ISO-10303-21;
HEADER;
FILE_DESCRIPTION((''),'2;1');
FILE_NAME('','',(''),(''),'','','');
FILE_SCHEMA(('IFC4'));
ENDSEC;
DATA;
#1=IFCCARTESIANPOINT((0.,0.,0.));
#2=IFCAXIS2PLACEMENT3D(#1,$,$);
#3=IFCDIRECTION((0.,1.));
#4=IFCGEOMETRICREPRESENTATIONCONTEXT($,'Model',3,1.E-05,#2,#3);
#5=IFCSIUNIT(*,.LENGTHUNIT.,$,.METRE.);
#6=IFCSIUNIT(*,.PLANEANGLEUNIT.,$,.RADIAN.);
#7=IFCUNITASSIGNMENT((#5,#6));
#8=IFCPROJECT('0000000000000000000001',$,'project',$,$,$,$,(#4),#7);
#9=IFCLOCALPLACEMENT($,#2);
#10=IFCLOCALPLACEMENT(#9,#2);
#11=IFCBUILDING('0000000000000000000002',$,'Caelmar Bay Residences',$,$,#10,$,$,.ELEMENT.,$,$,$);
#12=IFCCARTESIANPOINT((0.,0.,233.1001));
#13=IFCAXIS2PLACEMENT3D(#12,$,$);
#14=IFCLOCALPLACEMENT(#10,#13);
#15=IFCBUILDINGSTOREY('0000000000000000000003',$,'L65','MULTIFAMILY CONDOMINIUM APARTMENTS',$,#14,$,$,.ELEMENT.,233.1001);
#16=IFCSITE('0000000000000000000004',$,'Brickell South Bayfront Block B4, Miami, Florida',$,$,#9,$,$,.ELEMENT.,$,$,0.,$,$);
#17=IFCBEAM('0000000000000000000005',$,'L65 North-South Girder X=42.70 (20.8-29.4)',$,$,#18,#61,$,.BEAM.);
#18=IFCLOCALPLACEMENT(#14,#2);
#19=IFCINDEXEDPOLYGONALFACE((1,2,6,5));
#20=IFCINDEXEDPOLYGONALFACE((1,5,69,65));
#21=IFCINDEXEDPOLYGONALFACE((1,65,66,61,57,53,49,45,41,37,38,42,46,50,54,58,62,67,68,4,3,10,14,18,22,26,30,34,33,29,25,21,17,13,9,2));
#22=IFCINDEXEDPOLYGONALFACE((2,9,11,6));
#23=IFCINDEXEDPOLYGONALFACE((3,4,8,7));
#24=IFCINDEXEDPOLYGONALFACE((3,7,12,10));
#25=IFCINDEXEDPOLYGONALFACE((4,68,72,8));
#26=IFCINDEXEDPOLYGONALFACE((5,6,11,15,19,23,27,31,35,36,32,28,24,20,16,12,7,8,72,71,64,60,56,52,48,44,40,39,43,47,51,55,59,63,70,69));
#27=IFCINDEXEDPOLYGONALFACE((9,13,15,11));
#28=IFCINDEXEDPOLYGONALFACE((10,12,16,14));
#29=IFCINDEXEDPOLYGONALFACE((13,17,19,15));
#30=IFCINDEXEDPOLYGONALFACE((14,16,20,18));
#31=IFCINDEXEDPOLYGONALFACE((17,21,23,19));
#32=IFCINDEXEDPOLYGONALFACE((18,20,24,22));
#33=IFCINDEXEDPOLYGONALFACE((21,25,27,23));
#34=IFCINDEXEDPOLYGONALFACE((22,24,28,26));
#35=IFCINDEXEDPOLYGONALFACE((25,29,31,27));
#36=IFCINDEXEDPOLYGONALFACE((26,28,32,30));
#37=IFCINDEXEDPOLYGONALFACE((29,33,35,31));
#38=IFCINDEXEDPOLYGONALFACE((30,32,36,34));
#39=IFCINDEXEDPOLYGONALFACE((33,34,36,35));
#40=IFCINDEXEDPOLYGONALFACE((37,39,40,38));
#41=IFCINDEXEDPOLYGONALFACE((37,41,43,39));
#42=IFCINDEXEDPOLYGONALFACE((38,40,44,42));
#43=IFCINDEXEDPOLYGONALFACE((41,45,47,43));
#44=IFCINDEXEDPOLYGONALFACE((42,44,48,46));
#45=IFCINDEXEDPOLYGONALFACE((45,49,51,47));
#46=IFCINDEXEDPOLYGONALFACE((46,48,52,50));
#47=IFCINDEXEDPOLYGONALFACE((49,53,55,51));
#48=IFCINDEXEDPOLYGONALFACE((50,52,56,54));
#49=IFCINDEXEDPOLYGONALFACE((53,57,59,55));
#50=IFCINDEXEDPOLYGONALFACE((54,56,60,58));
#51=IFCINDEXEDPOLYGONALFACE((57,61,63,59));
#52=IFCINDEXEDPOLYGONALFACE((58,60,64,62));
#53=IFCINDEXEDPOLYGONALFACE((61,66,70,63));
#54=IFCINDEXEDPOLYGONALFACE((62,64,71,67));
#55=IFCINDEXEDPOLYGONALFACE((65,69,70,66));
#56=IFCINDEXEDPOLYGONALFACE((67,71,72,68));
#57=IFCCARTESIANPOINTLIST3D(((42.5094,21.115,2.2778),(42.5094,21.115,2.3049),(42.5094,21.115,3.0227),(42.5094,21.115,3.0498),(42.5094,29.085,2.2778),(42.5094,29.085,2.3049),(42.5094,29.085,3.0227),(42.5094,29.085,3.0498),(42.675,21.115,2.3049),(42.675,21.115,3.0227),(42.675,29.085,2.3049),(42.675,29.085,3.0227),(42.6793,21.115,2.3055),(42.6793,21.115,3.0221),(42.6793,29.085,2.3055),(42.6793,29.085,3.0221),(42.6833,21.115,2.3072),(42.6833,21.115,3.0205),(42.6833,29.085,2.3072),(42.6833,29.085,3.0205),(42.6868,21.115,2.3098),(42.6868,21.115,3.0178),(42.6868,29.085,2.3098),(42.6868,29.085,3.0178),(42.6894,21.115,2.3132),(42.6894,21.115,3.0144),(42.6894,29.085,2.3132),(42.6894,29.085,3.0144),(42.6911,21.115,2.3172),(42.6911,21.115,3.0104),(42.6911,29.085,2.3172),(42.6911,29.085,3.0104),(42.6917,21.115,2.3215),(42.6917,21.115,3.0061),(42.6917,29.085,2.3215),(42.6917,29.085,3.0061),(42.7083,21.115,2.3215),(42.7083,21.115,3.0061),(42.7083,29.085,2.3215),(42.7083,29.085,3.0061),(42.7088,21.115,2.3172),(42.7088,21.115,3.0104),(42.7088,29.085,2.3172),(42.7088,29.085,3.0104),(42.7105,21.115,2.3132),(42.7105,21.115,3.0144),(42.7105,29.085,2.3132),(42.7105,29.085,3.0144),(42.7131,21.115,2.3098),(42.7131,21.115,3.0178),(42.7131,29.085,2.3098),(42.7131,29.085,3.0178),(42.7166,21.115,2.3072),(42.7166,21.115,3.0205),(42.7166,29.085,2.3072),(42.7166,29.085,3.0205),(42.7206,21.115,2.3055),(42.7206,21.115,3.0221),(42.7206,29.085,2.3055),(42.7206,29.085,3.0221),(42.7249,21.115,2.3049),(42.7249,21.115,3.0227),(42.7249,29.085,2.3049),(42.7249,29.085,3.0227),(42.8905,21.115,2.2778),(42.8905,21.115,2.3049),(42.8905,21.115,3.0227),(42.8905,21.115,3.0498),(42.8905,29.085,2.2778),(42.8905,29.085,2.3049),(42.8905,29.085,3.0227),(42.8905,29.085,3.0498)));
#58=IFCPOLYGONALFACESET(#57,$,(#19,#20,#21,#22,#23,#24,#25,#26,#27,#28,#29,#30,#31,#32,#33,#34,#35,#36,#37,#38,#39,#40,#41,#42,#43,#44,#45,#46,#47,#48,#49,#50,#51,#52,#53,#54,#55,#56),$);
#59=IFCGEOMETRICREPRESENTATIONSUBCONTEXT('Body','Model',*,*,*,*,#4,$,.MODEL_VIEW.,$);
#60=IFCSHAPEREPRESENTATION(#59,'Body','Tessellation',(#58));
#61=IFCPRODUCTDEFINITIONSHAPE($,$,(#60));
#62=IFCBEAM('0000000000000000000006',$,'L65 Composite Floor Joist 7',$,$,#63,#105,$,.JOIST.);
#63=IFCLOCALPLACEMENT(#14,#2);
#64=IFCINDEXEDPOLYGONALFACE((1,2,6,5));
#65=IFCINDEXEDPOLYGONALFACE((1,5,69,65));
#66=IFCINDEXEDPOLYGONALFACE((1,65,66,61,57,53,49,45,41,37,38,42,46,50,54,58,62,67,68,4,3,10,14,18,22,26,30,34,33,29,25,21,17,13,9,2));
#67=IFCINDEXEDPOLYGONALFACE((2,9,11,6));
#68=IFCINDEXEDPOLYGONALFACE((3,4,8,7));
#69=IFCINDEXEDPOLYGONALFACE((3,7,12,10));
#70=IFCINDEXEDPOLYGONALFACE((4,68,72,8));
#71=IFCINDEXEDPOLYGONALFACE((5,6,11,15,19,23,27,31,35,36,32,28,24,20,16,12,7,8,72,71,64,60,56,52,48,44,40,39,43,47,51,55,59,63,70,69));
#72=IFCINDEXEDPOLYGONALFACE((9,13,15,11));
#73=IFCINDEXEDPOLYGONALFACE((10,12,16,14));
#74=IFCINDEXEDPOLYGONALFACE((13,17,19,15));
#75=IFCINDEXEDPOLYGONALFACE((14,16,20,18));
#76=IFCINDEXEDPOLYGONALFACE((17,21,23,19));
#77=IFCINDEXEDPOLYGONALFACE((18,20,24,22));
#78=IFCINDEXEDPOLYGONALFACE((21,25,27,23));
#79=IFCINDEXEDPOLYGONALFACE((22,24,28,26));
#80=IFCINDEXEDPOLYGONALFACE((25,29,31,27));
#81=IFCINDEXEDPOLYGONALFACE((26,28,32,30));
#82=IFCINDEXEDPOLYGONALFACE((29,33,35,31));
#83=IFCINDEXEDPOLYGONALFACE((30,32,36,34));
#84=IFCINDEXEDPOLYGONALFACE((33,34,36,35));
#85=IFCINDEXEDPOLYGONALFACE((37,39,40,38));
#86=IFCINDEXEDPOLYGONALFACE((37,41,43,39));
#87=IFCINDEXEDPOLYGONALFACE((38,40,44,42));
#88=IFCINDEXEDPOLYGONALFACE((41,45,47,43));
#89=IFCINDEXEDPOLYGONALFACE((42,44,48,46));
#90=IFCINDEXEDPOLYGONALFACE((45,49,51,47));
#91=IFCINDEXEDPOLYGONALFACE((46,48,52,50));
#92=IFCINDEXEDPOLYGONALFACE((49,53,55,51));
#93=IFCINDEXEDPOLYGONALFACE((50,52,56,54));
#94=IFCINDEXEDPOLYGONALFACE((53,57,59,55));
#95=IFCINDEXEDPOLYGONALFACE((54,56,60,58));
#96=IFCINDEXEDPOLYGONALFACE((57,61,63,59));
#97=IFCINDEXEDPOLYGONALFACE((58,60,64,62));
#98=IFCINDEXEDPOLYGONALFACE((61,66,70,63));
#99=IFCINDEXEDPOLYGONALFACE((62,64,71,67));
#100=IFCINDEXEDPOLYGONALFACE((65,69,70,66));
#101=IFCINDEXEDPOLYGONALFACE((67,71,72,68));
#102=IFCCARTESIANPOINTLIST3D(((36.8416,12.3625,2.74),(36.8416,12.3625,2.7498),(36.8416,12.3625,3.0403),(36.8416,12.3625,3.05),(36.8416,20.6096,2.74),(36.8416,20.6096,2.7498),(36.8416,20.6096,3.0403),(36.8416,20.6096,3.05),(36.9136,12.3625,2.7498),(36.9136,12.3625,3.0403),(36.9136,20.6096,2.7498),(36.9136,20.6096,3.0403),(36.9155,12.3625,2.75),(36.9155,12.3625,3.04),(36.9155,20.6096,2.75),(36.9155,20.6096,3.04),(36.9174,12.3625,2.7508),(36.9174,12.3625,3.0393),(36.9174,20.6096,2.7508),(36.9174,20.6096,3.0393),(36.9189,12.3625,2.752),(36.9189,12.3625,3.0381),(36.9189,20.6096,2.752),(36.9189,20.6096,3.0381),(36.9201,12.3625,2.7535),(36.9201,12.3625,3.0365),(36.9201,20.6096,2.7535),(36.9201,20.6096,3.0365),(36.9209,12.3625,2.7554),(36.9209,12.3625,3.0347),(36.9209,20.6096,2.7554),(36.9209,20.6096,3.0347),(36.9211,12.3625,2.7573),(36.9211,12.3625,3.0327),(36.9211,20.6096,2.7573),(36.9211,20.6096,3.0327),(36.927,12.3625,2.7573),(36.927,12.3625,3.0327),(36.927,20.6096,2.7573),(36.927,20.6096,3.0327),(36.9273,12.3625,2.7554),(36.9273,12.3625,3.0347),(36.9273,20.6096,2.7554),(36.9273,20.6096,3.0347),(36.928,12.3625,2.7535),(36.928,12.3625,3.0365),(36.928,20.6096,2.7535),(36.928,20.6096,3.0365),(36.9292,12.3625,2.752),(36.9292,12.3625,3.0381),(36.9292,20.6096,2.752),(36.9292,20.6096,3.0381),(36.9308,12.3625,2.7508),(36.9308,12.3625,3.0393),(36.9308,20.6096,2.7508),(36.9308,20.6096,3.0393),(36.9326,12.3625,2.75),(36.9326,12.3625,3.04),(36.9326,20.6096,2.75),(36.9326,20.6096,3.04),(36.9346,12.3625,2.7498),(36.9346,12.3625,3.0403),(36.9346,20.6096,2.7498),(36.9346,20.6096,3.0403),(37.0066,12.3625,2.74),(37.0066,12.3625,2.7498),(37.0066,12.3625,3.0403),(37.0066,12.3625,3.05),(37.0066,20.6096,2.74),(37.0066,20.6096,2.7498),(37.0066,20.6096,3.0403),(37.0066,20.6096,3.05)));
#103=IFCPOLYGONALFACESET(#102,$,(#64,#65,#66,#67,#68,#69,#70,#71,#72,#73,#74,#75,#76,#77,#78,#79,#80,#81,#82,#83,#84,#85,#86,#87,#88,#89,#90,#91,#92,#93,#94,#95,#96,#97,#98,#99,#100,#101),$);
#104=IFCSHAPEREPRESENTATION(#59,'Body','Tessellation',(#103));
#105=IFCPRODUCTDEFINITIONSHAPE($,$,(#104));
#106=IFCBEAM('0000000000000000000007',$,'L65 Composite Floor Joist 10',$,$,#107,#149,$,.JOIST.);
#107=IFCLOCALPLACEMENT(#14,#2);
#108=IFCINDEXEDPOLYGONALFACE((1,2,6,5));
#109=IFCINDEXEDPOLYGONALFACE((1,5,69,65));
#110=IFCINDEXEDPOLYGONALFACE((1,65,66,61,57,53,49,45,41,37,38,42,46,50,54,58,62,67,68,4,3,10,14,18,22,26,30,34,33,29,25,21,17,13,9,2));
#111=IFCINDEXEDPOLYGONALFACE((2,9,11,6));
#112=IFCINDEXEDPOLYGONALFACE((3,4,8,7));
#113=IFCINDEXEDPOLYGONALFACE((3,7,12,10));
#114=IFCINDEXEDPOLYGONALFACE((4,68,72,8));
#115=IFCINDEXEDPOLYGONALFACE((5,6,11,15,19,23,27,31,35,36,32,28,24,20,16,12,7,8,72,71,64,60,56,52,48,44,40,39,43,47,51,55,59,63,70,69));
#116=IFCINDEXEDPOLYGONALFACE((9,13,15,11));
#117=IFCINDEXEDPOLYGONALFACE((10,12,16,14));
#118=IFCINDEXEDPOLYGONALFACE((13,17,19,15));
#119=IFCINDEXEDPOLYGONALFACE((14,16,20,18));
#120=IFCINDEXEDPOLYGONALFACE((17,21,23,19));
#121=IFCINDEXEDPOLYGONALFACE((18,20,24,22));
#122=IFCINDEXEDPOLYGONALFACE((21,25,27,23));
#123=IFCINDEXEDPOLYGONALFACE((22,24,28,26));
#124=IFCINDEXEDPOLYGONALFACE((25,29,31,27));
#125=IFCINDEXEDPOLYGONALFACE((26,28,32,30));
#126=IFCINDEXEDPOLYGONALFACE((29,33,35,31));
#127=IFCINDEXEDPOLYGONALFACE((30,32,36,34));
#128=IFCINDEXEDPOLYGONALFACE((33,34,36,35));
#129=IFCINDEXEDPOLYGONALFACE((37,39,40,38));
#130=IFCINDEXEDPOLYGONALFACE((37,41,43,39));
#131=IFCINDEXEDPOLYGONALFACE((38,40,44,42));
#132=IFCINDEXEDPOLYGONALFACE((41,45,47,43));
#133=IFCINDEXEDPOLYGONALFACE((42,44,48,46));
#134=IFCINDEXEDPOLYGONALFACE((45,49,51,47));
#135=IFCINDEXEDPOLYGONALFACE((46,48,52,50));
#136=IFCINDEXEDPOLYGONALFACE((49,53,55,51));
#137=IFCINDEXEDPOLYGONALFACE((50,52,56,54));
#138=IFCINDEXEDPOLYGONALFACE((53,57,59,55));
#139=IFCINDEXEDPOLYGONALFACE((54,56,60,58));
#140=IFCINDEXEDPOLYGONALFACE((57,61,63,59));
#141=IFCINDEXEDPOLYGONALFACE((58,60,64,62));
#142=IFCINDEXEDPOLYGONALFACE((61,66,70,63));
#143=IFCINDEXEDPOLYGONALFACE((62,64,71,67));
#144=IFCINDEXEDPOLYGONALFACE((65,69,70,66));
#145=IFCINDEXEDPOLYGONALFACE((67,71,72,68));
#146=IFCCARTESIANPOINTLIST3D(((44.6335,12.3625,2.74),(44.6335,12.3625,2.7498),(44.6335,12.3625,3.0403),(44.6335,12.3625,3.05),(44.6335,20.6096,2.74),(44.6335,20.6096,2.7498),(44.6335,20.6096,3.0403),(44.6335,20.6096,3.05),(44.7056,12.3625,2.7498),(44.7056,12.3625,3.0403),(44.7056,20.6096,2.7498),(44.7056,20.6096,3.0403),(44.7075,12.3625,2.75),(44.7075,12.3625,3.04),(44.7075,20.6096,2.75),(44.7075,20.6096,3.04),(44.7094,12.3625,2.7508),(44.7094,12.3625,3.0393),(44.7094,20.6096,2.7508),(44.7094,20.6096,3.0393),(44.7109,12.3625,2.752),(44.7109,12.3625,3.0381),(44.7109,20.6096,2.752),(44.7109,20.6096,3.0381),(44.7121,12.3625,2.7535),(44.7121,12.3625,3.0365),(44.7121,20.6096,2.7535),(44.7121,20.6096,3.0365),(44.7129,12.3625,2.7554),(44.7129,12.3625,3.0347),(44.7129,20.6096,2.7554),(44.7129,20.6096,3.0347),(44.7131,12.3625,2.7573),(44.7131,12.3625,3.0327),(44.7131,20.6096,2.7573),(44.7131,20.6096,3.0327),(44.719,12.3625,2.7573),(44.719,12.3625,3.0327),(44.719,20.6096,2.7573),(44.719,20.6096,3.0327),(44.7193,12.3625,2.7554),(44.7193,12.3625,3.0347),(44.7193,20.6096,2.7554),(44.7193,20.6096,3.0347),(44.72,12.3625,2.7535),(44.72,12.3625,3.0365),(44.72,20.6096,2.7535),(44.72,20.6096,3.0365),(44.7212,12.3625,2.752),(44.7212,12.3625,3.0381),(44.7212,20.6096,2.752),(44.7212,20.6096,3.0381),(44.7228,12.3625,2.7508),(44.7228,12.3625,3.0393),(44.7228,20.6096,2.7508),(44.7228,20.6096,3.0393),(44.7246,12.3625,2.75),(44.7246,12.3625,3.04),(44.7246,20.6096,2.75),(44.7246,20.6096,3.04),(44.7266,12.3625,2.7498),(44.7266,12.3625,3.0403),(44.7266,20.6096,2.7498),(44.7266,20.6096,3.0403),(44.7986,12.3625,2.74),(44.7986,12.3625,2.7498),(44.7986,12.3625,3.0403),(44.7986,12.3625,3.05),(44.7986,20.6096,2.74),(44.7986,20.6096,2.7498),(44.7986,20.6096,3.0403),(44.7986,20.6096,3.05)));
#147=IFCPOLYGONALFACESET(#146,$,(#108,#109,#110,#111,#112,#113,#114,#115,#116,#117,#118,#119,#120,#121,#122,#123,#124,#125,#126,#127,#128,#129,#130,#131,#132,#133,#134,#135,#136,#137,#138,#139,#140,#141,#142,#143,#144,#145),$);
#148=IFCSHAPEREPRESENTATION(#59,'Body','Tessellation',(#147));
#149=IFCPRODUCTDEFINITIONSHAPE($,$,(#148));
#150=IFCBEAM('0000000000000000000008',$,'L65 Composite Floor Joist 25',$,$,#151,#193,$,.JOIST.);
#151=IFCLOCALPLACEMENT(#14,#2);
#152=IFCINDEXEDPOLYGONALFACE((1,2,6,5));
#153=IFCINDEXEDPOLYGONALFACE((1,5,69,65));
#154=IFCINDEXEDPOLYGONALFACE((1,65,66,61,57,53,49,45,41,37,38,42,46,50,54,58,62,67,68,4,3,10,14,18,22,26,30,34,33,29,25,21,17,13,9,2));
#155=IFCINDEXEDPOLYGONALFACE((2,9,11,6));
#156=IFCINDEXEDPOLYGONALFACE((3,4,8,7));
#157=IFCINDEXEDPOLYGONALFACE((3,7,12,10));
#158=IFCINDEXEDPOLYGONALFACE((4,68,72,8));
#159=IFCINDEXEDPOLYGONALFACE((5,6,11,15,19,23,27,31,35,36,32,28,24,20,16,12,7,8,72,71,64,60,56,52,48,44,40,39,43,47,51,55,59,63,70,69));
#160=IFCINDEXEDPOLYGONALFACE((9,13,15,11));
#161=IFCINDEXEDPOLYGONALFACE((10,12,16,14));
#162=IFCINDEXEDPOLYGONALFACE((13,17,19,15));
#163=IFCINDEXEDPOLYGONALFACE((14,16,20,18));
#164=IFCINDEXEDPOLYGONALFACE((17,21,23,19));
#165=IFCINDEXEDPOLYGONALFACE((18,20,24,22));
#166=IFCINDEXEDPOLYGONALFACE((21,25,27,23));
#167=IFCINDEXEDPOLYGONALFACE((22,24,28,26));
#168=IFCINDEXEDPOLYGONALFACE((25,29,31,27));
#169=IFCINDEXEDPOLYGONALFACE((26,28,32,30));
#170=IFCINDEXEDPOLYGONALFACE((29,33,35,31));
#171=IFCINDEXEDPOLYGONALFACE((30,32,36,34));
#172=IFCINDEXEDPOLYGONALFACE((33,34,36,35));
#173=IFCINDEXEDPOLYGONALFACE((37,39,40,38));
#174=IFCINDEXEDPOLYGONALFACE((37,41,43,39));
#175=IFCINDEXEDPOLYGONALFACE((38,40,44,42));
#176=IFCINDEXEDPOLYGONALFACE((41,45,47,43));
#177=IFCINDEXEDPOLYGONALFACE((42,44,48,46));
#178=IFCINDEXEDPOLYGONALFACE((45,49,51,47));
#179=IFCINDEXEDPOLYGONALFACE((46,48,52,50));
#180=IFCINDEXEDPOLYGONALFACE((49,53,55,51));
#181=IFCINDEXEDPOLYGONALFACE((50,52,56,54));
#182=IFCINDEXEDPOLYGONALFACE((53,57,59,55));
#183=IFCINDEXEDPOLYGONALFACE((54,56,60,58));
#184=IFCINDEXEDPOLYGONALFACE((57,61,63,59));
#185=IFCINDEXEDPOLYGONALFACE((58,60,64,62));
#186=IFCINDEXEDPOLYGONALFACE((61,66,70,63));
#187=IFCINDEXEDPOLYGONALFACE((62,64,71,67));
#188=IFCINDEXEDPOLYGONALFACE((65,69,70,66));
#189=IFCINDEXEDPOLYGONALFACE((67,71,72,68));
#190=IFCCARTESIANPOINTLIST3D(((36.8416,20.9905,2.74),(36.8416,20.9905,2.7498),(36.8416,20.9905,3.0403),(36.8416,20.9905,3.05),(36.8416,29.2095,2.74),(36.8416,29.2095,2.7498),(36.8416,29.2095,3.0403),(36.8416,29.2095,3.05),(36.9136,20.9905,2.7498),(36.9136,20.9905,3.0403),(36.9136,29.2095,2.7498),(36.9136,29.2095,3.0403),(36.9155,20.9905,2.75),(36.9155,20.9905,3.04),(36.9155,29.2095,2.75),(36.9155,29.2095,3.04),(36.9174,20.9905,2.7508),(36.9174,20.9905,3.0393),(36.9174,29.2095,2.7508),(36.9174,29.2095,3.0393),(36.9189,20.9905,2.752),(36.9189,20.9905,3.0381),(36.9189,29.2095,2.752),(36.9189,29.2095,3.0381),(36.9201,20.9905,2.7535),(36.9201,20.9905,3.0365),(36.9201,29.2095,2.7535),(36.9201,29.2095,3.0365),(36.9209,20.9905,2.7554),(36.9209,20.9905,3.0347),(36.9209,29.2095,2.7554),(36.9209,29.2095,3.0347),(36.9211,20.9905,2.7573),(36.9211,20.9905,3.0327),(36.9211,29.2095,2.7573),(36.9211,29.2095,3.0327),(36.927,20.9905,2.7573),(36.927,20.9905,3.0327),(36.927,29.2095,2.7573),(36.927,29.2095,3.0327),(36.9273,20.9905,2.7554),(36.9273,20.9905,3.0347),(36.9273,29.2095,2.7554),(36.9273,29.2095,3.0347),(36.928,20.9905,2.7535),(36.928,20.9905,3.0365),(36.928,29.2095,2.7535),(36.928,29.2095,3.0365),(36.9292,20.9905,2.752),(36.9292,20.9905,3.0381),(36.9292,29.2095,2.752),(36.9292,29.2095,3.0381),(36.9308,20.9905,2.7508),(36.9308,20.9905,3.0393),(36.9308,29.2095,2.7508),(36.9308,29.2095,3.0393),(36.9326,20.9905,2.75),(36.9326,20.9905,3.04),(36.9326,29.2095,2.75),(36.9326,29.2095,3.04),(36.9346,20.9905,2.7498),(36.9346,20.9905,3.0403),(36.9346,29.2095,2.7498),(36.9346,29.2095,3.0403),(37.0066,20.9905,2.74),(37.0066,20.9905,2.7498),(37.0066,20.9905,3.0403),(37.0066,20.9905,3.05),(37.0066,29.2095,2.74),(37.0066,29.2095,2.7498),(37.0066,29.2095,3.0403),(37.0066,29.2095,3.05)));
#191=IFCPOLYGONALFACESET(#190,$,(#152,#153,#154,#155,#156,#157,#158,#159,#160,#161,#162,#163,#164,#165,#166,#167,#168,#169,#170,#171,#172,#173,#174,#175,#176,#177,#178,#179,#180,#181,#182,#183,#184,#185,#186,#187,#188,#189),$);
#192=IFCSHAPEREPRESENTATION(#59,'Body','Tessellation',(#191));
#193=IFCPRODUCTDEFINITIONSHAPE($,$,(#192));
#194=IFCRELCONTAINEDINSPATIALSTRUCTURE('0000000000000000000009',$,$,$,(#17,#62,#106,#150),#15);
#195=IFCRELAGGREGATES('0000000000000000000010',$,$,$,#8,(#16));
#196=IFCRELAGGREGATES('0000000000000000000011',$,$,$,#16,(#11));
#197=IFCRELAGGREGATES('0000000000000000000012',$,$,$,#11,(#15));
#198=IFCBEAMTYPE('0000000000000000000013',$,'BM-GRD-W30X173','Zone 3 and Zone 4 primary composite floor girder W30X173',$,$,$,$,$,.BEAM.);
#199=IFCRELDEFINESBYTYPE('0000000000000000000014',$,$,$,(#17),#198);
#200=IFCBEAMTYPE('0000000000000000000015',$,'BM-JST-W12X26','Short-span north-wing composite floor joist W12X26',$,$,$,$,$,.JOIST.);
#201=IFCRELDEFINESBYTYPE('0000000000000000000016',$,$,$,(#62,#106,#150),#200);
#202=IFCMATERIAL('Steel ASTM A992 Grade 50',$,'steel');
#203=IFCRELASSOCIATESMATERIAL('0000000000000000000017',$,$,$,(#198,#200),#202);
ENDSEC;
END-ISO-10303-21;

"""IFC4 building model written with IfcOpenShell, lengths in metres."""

from ifc_helpers import new_model, si_unit, direction, frame, origin, origin_2d, place, context, subcontext, project, spatial, i_section, extrude, material, material_profile, profile_set, type_object, element, save


model = new_model("IFC4")

# Units and contexts
model_context = context("Model", 3, precision=1e-05, world=origin(), true_north=direction((0.0, 1.0)))
body_context = subcontext(model_context, "Body", "Model", "MODEL_VIEW")
ifc_project = project(units=[si_unit("LENGTHUNIT", "METRE"), si_unit("PLANEANGLEUNIT", "RADIAN")], contexts=[model_context])

# Site, building, storey
site_placement = place(None, origin())
site = spatial("IfcSite", under=ifc_project, at=site_placement, Name="Brickell South Bayfront Block B4, Miami, Florida", CompositionType="ELEMENT", RefElevation=0.0)
building_placement = place(site_placement, origin())
building = spatial("IfcBuilding", under=site, at=building_placement, Name="Caelmar Bay Residences", CompositionType="ELEMENT")
storey_placement = place(building_placement, frame((0.0, 0.0, 233.1001)))
storey = spatial("IfcBuildingStorey", under=building, at=storey_placement, Name="L65", Description="MULTIFAMILY CONDOMINIUM APARTMENTS", CompositionType="ELEMENT", Elevation=233.1001)

# Beams
ifc_material_1 = material(Name="Steel ASTM A992 Grade 50", Category="steel")
ifc_material_profile_1 = material_profile(ifc_material_1, i_section(OverallWidth=0.3811, OverallDepth=0.772, WebThickness=0.0166, FlangeThickness=0.0271, FilletRadius=0.0166, at=origin_2d()), Name="W30X173")
ifc_profile_set_1 = profile_set([ifc_material_profile_1], Name="Steel ASTM A992 Grade 50")
beam_type_1 = type_object("IfcBeamType", Name="BM-GRD-W30X173", Description="Zone 3 and Zone 4 primary composite floor girder W30X173", PredefinedType="BEAM", material=ifc_profile_set_1)
beam_1_placement = place(storey_placement, frame((42.7, 21.115, 2.6638), z_axis=(0.0, 1.0, 0.0), x_axis=(-1.0, 0.0, 0.0)))
element("IfcBeam", 1, at=beam_1_placement, inside=storey, type_object=beam_type_1, Name="L65 North-South Girder X=42.70 (20.8-29.4)", PredefinedType="BEAM", context=body_context, shape_type="SweptSolid", body=[
    extrude(i_section(OverallWidth=0.3811, OverallDepth=0.772, WebThickness=0.0166, FlangeThickness=0.0271, FilletRadius=0.0166, at=origin_2d()), origin(), (0.0, 0.0, 1.0), 7.97),
])
ifc_material_profile_2 = material_profile(ifc_material_1, i_section(OverallWidth=0.165, OverallDepth=0.3101, WebThickness=0.0059, FlangeThickness=0.0098, FilletRadius=0.0076, at=origin_2d()), Name="W12X26")
ifc_profile_set_2 = profile_set([ifc_material_profile_2], Name="Steel ASTM A992 Grade 50")
beam_type_2 = type_object("IfcBeamType", Name="BM-JST-W12X26", Description="Short-span north-wing composite floor joist W12X26", PredefinedType="JOIST", material=ifc_profile_set_2)
for number, where, z_axis, x_axis, name in (
    (2, (36.9241, 12.3625, 2.895), (0.0, 1.0, 0.0), (-1.0, 0.0, 0.0), "L65 Composite Floor Joist 7"),
    (3, (44.7161, 12.3625, 2.895), (0.0, 1.0, 0.0), (-1.0, 0.0, 0.0), "L65 Composite Floor Joist 10"),
):
    element("IfcBeam", number, at=place(storey_placement, frame(where, z_axis=z_axis, x_axis=x_axis)), inside=storey, type_object=beam_type_2, Name=name, PredefinedType="JOIST", context=body_context, shape_type="SweptSolid", body=[
        extrude(i_section(OverallWidth=0.165, OverallDepth=0.3101, WebThickness=0.0059, FlangeThickness=0.0098, FilletRadius=0.0076, at=origin_2d()), origin(), (0.0, 0.0, 1.0), 8.2471),
    ])
for number, where, z_axis, x_axis, name in (
    (4, (36.9241, 20.9905, 2.895), (0.0, 1.0, 0.0), (-1.0, 0.0, 0.0), "L65 Composite Floor Joist 25"),
):
    element("IfcBeam", number, at=place(storey_placement, frame(where, z_axis=z_axis, x_axis=x_axis)), inside=storey, type_object=beam_type_2, Name=name, PredefinedType="JOIST", context=body_context, shape_type="SweptSolid", body=[
        extrude(i_section(OverallWidth=0.165, OverallDepth=0.3101, WebThickness=0.0059, FlangeThickness=0.0098, FilletRadius=0.0076, at=origin_2d()), origin(), (0.0, 0.0, 1.0), 8.219),
    ])

save(model, "model.ifc")
